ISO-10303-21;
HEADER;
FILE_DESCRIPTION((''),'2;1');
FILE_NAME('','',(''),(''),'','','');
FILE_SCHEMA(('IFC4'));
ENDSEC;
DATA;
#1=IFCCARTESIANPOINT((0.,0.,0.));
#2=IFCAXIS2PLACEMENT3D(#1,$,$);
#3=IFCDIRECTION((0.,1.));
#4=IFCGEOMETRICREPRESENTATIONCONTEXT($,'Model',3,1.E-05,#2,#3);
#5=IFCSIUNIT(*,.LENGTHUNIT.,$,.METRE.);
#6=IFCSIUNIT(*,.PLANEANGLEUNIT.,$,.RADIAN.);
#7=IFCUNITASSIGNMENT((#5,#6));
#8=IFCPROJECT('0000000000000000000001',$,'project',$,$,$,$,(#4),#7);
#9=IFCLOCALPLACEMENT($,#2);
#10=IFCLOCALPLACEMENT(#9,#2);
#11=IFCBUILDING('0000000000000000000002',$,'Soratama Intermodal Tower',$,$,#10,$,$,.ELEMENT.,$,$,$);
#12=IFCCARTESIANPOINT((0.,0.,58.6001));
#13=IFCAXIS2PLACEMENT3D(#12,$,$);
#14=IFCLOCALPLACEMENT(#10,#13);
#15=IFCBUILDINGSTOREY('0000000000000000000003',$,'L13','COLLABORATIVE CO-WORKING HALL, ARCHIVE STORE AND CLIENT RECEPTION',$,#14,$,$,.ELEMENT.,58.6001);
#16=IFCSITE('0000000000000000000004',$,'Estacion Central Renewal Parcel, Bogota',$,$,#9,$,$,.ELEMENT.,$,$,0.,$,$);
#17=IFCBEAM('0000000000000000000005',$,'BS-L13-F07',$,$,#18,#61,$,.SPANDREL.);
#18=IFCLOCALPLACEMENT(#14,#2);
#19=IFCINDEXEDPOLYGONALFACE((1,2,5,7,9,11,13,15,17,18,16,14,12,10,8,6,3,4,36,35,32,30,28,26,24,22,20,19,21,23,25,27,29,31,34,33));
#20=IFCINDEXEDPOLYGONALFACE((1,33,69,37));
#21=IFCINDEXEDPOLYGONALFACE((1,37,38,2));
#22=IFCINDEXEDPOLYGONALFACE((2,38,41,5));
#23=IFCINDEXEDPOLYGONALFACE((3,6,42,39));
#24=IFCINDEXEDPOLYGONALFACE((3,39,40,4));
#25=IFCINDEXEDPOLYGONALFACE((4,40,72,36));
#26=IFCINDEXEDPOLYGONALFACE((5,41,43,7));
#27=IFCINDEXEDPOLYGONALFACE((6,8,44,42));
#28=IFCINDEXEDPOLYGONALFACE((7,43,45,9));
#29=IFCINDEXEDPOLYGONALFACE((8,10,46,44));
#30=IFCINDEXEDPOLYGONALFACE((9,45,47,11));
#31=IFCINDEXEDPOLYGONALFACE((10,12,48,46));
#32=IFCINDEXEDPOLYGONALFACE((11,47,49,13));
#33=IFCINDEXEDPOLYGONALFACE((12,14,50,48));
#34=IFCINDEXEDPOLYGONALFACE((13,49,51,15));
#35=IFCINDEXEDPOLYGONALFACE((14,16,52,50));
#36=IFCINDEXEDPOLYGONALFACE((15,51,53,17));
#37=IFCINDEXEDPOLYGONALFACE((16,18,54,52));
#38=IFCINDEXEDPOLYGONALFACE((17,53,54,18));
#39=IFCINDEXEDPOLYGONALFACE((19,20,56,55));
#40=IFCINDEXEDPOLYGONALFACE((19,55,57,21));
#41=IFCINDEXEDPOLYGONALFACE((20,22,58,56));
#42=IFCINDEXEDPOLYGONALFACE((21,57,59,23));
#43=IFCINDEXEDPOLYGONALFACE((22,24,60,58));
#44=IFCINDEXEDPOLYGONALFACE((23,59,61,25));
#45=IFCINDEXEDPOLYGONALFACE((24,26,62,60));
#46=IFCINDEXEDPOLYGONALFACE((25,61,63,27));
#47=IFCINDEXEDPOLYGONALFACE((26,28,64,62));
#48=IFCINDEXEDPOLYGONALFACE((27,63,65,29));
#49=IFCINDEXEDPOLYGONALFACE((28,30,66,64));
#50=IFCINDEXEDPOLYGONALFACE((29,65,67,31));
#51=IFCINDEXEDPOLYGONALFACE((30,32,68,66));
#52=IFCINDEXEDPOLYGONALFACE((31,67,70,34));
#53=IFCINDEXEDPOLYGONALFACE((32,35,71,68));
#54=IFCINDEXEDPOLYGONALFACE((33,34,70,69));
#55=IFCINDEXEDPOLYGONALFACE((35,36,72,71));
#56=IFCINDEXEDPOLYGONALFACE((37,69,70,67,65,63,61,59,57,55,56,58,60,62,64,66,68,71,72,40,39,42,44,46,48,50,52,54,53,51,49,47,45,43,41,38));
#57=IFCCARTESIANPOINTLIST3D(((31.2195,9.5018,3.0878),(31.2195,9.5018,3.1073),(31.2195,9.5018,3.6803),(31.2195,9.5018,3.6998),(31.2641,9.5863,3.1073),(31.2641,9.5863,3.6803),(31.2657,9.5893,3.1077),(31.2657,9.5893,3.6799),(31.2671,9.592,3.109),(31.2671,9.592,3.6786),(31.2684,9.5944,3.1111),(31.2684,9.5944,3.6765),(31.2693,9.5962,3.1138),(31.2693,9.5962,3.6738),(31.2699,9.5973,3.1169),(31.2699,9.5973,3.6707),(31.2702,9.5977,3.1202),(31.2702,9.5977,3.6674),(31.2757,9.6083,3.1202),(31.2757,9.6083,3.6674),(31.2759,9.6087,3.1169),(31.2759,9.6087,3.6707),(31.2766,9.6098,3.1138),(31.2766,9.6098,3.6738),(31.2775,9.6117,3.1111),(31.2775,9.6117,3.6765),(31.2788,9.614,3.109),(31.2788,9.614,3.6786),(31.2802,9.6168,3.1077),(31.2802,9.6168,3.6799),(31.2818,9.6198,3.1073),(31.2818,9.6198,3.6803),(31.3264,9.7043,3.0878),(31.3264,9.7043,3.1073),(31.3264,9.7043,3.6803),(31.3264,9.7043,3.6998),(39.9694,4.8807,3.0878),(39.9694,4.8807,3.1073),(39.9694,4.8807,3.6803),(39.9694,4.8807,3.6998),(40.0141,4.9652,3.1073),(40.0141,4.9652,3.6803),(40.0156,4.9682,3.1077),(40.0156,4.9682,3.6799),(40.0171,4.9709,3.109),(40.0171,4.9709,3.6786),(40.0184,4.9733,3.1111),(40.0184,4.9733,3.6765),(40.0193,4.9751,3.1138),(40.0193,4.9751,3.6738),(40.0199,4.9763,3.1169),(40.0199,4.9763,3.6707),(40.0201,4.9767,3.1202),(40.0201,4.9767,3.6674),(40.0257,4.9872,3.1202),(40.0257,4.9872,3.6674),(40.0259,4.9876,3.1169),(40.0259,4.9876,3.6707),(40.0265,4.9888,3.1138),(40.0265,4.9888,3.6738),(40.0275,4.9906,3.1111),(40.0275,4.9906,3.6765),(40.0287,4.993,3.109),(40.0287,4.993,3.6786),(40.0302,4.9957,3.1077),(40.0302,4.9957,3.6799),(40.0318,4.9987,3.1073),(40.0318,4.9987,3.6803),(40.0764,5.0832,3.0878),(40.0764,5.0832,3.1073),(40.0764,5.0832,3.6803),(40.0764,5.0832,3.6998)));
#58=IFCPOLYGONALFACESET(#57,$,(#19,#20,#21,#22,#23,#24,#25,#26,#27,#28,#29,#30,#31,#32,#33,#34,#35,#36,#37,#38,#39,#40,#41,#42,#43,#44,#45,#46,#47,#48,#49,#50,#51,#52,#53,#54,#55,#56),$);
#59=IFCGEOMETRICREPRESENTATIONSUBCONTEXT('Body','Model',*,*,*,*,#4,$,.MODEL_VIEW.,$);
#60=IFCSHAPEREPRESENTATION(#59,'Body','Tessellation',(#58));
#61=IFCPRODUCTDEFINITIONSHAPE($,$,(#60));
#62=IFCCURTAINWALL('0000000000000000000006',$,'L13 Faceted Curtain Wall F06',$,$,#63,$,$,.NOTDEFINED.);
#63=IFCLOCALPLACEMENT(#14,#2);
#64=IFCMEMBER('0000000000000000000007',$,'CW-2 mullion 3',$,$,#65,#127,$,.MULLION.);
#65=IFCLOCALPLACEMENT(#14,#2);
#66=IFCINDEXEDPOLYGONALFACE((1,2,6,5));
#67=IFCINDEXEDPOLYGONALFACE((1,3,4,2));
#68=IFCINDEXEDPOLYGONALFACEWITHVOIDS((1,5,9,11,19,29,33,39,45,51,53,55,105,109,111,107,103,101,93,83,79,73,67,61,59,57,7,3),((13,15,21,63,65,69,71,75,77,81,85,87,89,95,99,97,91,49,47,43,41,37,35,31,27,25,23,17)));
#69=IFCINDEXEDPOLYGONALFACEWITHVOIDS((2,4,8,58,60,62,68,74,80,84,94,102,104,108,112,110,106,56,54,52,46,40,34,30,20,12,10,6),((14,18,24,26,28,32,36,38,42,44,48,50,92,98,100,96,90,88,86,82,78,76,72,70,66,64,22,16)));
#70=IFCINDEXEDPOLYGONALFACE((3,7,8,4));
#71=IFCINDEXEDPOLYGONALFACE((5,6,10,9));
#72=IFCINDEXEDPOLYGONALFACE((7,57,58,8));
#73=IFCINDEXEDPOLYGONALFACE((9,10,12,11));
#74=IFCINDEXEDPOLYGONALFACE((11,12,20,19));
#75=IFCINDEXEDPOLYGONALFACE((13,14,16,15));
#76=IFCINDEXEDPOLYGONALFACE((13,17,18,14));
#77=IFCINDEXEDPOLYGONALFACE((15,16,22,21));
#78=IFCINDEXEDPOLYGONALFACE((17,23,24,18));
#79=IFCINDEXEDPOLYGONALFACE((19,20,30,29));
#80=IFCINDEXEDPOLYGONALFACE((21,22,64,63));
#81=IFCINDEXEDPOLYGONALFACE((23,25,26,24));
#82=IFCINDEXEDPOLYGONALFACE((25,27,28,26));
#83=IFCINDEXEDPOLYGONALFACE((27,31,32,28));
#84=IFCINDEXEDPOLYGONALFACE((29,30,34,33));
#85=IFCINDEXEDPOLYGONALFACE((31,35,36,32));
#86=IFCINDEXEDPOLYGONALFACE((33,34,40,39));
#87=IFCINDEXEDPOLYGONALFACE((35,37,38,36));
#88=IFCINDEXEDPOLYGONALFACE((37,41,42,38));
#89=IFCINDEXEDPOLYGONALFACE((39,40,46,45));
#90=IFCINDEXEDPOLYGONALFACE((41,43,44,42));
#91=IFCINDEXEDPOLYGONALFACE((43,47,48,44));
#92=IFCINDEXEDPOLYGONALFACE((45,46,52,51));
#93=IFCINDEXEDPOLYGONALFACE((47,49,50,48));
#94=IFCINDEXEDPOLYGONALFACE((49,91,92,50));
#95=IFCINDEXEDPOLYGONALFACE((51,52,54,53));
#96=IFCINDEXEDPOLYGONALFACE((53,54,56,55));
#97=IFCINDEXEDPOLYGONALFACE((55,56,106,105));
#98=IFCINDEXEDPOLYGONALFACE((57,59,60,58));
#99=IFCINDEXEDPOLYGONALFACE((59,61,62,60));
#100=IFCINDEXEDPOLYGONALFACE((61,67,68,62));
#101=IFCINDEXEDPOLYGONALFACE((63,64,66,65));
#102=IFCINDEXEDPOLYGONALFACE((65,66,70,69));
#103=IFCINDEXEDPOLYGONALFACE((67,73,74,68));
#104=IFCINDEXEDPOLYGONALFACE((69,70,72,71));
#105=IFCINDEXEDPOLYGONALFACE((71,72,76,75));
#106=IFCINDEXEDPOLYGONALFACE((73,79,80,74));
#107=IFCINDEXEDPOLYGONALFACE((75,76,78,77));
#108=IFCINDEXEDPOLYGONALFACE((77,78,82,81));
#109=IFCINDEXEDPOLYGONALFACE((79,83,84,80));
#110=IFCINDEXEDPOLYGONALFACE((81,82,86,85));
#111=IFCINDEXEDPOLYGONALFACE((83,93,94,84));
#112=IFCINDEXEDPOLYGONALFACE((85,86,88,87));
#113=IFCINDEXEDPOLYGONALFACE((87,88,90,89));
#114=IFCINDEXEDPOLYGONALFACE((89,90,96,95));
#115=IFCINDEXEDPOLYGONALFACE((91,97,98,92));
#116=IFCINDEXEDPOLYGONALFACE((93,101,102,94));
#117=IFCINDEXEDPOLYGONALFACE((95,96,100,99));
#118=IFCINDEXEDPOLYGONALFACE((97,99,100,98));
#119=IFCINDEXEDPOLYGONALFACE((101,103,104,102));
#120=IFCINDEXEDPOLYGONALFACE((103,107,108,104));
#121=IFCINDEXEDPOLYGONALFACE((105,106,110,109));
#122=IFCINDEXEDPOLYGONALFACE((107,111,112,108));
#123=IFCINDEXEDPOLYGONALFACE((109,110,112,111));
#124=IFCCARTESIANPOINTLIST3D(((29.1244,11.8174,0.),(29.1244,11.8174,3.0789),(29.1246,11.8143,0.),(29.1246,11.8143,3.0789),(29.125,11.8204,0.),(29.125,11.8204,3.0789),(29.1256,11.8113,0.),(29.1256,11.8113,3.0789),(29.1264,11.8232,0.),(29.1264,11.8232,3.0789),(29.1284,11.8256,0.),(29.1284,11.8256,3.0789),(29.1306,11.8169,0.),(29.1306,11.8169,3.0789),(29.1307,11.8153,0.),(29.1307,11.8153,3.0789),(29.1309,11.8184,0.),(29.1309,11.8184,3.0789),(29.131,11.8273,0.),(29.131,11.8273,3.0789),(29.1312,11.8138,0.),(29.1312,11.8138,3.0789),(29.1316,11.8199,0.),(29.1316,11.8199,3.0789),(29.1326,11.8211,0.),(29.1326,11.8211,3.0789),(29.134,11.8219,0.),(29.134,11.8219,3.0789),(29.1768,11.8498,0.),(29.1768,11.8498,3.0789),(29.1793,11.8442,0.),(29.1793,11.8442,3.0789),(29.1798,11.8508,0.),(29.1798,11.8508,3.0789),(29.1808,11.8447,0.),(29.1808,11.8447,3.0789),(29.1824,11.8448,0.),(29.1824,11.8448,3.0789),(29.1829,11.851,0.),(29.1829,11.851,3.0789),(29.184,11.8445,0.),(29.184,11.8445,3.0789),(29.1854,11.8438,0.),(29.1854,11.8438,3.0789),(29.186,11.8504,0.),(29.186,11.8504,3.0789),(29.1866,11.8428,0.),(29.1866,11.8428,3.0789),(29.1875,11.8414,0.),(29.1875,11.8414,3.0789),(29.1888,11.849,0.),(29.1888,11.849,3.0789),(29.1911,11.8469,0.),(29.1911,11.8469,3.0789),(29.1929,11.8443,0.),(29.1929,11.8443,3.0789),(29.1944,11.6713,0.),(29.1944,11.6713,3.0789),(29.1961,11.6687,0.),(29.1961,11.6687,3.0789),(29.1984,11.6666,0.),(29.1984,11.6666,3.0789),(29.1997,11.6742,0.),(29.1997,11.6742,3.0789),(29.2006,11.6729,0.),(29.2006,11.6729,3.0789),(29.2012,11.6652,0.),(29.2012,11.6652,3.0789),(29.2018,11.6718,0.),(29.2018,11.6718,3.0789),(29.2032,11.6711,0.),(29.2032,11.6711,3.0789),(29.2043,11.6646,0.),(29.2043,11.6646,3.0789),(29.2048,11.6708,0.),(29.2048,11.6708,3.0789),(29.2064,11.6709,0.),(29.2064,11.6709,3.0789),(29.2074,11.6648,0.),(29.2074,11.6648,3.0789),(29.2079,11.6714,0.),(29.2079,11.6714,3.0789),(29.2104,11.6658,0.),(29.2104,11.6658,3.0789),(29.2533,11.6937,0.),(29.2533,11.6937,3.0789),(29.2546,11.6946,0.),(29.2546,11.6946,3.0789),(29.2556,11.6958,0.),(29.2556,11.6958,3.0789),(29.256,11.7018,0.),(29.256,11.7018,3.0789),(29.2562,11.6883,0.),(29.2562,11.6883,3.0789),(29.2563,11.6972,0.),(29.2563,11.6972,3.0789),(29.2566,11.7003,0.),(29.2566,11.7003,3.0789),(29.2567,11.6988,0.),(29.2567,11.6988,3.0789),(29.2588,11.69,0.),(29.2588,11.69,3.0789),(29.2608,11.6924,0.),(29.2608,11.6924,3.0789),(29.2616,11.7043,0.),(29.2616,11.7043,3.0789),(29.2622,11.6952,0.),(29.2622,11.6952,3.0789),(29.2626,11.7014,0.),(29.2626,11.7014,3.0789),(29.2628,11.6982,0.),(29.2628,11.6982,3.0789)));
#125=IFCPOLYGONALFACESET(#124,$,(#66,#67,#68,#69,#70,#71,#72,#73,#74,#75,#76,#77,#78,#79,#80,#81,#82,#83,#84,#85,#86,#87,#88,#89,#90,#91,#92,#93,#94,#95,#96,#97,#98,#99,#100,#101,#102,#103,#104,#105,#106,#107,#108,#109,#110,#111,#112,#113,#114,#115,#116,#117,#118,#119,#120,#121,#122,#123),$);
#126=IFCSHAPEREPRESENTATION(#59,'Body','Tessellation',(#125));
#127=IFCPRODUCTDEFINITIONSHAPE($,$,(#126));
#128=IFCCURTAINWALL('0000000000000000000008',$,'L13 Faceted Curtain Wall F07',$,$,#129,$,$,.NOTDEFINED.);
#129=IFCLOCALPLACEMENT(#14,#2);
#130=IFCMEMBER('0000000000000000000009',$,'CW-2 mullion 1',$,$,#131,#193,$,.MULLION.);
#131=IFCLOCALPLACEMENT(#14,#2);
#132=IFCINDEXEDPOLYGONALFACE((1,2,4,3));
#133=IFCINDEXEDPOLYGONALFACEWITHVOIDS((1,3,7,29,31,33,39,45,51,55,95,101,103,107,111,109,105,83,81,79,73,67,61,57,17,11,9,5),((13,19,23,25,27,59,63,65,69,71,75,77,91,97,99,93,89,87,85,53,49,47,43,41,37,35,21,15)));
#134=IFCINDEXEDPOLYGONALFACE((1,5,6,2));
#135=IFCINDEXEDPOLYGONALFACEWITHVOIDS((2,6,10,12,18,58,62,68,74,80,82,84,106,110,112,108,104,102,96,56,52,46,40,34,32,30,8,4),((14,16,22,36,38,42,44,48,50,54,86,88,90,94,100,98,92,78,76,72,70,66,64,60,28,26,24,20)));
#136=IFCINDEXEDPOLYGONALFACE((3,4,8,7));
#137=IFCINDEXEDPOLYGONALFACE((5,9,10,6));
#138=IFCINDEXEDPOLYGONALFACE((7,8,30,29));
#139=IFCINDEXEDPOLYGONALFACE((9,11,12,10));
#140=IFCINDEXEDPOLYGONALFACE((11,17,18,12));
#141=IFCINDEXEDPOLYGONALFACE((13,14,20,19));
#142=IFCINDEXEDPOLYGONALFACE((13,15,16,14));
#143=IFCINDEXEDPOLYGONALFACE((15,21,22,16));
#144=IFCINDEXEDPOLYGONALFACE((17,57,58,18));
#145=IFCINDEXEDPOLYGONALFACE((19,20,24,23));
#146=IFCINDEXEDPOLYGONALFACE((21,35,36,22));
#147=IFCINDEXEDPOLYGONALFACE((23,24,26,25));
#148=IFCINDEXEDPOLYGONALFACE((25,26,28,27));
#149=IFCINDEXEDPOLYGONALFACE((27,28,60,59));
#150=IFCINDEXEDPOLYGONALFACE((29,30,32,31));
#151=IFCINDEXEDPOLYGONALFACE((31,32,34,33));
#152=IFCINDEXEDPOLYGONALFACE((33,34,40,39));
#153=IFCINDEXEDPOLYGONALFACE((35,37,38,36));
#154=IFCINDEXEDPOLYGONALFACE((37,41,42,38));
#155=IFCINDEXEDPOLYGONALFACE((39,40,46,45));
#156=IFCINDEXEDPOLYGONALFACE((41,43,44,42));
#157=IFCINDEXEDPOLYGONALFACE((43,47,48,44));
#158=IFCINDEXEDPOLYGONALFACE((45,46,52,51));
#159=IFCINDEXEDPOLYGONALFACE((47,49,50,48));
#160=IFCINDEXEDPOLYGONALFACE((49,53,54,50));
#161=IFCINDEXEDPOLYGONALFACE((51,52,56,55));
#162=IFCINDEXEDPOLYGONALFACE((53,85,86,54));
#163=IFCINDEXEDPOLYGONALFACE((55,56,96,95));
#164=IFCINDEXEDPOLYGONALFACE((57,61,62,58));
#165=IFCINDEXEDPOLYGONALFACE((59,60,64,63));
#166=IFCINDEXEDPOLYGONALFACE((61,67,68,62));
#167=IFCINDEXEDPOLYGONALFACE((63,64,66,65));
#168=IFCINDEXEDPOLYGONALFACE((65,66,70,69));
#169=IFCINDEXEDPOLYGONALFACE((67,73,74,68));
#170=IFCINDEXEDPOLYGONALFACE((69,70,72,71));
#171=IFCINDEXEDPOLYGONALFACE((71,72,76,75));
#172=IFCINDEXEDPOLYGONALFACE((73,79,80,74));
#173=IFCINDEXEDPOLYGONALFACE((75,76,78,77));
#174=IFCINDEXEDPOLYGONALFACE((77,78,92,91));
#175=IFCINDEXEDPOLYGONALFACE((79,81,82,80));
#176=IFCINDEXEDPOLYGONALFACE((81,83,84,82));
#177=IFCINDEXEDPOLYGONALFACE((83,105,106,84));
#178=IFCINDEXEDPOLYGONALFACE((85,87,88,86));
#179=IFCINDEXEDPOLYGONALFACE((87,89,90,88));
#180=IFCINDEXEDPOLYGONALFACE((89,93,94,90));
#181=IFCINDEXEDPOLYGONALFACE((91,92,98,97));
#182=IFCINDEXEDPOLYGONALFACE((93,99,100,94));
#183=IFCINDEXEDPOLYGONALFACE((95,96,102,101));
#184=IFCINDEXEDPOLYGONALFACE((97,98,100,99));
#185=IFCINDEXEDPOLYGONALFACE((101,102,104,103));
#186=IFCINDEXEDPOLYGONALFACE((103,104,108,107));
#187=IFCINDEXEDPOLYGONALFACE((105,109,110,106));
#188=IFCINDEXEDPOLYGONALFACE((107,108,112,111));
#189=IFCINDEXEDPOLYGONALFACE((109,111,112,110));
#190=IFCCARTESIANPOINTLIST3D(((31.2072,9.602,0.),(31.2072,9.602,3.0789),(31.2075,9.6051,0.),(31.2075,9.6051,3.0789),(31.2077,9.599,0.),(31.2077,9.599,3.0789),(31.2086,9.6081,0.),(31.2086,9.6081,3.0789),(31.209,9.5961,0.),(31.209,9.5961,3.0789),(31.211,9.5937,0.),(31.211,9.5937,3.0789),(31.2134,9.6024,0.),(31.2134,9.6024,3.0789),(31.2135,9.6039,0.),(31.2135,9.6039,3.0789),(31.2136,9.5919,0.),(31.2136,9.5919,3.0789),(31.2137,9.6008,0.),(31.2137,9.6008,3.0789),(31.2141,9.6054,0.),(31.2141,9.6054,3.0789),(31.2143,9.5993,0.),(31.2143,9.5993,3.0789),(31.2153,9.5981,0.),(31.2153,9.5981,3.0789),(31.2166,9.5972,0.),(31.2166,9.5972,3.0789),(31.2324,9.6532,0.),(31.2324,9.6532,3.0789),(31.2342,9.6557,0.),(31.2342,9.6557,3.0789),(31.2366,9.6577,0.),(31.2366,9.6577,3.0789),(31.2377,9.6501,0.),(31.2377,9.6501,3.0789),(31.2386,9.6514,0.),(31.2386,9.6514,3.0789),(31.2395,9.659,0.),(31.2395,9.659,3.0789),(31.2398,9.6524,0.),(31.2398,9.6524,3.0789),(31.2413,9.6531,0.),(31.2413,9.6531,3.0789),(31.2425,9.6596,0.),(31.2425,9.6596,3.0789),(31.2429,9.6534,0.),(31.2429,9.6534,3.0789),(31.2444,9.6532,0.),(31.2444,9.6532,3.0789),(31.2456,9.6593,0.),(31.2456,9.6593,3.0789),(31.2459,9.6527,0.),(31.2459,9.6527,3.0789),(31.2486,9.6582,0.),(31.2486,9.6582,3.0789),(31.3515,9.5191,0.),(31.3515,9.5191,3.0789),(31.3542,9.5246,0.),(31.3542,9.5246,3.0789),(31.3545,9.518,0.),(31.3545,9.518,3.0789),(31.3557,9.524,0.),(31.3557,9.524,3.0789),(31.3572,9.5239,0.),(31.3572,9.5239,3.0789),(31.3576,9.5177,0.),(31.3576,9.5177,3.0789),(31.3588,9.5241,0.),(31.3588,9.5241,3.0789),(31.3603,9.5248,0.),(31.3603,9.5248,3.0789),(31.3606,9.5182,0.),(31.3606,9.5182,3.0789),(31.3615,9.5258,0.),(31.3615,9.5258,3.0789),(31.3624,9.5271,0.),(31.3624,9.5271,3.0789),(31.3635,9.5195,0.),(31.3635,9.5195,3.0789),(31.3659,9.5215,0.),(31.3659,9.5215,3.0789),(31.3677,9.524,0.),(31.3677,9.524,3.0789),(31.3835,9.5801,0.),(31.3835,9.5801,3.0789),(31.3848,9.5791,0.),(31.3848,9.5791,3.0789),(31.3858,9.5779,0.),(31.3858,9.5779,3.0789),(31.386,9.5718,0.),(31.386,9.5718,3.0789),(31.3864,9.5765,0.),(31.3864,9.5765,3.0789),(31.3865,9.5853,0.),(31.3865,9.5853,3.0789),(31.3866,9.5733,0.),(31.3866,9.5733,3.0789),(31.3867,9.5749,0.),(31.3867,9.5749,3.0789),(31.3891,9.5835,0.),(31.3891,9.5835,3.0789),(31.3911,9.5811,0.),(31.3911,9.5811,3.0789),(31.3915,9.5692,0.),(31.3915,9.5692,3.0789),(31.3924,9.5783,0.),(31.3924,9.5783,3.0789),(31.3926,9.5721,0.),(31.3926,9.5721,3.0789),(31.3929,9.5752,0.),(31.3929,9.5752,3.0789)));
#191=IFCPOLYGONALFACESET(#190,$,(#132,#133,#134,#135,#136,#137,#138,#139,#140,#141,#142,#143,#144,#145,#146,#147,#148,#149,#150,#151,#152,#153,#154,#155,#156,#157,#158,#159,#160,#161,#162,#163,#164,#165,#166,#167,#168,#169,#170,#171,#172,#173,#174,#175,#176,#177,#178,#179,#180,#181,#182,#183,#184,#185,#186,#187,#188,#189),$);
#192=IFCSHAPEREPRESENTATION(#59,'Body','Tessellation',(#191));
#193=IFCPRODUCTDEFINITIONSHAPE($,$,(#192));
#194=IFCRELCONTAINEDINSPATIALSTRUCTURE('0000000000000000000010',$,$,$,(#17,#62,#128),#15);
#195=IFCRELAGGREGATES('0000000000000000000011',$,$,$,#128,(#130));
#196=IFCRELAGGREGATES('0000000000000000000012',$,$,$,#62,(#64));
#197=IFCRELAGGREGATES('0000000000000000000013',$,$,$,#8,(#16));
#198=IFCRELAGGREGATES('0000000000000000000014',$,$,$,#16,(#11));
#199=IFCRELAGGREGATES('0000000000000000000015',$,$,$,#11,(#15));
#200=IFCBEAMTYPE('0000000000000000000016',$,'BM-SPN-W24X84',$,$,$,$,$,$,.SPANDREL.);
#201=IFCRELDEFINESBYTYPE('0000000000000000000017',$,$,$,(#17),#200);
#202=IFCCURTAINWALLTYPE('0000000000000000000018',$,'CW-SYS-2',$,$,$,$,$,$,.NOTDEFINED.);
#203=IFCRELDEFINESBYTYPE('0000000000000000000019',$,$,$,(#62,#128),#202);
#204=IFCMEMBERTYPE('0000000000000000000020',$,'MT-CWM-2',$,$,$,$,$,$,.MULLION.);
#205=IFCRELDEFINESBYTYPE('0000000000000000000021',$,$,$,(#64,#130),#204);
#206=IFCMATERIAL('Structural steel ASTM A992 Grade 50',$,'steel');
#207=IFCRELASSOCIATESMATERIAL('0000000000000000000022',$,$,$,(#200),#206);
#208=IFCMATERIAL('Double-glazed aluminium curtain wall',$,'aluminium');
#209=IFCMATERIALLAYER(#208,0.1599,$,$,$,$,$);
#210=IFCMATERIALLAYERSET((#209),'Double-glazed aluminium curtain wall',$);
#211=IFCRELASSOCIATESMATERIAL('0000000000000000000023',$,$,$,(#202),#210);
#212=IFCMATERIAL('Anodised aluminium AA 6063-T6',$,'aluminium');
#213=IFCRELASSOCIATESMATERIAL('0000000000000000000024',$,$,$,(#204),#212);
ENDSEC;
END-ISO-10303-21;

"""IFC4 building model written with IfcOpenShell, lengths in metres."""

from ifc_helpers import new_model, si_unit, direction, frame, origin, origin_2d, place, context, subcontext, project, spatial, hollow_rectangle, i_section, extrude, material, layer, layer_set, material_profile, profile_set, type_object, element, aggregate, save


model = new_model("IFC4")

# Units and contexts
model_context = context("Model", 3, precision=1e-05, world=origin(), true_north=direction((0.0, 1.0)))
body_context = subcontext(model_context, "Body", "Model", "MODEL_VIEW")
ifc_project = project(units=[si_unit("LENGTHUNIT", "METRE"), si_unit("PLANEANGLEUNIT", "RADIAN")], contexts=[model_context])

# Site, building, storey
site_placement = place(None, origin())
site = spatial("IfcSite", under=ifc_project, at=site_placement, Name="Estacion Central Renewal Parcel, Bogota", CompositionType="ELEMENT", RefElevation=0.0)
building_placement = place(site_placement, origin())
building = spatial("IfcBuilding", under=site, at=building_placement, Name="Soratama Intermodal Tower", CompositionType="ELEMENT")
storey_placement = place(building_placement, frame((0.0, 0.0, 58.6001)))
storey = spatial("IfcBuildingStorey", under=building, at=storey_placement, Name="L13", Description="COLLABORATIVE CO-WORKING HALL, ARCHIVE STORE AND CLIENT RECEPTION", CompositionType="ELEMENT", Elevation=58.6001)

# Beam
ifc_material_1 = material(Name="Structural steel ASTM A992 Grade 50", Category="steel")
ifc_material_profile_1 = material_profile(ifc_material_1, i_section(OverallWidth=0.229, OverallDepth=0.6121, WebThickness=0.012, FlangeThickness=0.0195, FilletRadius=0.0129, at=origin_2d()), Name="W24X84")
ifc_profile_set_1 = profile_set([ifc_material_profile_1], Name="Structural steel ASTM A992 Grade 50")
beam_type_1 = type_object("IfcBeamType", Name="BM-SPN-W24X84", PredefinedType="SPANDREL", material=ifc_profile_set_1)
beam_1_placement = place(storey_placement, frame((31.2729, 9.603, 3.3938), z_axis=(0.884258, -0.466999, 0.0), x_axis=(0.466999, 0.884258, 0.0)))
element("IfcBeam", 1, at=beam_1_placement, inside=storey, type_object=beam_type_1, Name="BS-L13-F07", PredefinedType="SPANDREL", context=body_context, shape_type="SweptSolid", body=[
    extrude(i_section(OverallWidth=0.229, OverallDepth=0.6121, WebThickness=0.012, FlangeThickness=0.0195, FilletRadius=0.0129, at=origin_2d()), origin(), (0.0, 0.0, 1.0), 9.8953),
])

# Curtain walls, members
ifc_material_2 = material(Name="Double-glazed aluminium curtain wall", Category="aluminium")
ifc_layer_1 = layer(ifc_material_2, 0.1599)
ifc_layer_set_1 = layer_set([ifc_layer_1], Name="Double-glazed aluminium curtain wall")
curtain_wall_type = type_object("IfcCurtainWallType", Name="CW-SYS-2", PredefinedType="NOTDEFINED", material=ifc_layer_set_1)
curtain_wall_1_placement = place(storey_placement, origin())
curtain_wall_1 = element("IfcCurtainWall", 2, at=curtain_wall_1_placement, inside=storey, type_object=curtain_wall_type, Name="L13 Faceted Curtain Wall F06", PredefinedType="NOTDEFINED")
ifc_material_3 = material(Name="Anodised aluminium AA 6063-T6", Category="aluminium")
ifc_material_profile_2 = material_profile(ifc_material_3, hollow_rectangle(XDim=0.075, YDim=0.1799, WallThickness=0.0061, InnerFilletRadius=0.0061, OuterFilletRadius=0.012, at=origin_2d()), Name="CWM180X75X6")
ifc_profile_set_2 = profile_set([ifc_material_profile_2], Name="Anodised aluminium AA 6063-T6")
member_type_1 = type_object("IfcMemberType", Name="MT-CWM-2", PredefinedType="MULLION", material=ifc_profile_set_2)
member_1_placement = place(storey_placement, frame((29.1936, 11.7578, 0.0), z_axis=(0.0, 0.0, 1.0), x_axis=(0.897568, 0.440875, 0.0)))
member_1 = element("IfcMember", 3, at=member_1_placement, type_object=member_type_1, Name="CW-2 mullion 3", PredefinedType="MULLION", context=body_context, shape_type="SweptSolid", body=[
    extrude(hollow_rectangle(XDim=0.075, YDim=0.1799, WallThickness=0.0061, InnerFilletRadius=0.0061, OuterFilletRadius=0.012, at=origin_2d()), origin(), (0.0, 0.0, 1.0), 3.0789),
])
curtain_wall_2_placement = place(storey_placement, origin())
curtain_wall_2 = element("IfcCurtainWall", 4, at=curtain_wall_2_placement, inside=storey, type_object=curtain_wall_type, Name="L13 Faceted Curtain Wall F07", PredefinedType="NOTDEFINED")
member_2_placement = place(storey_placement, frame((31.3, 9.5886, 0.0), z_axis=(0.0, 0.0, 1.0), x_axis=(0.467001, 0.884257, 0.0)))
member_2 = element("IfcMember", 5, at=member_2_placement, type_object=member_type_1, Name="CW-2 mullion 1", PredefinedType="MULLION", context=body_context, shape_type="SweptSolid", body=[
    extrude(hollow_rectangle(XDim=0.075, YDim=0.1799, WallThickness=0.0061, InnerFilletRadius=0.0061, OuterFilletRadius=0.012, at=origin_2d()), origin(), (0.0, 0.0, 1.0), 3.0789),
])

aggregate(curtain_wall_2, [member_2])

aggregate(curtain_wall_1, [member_1])

save(model, "model.ifc")
